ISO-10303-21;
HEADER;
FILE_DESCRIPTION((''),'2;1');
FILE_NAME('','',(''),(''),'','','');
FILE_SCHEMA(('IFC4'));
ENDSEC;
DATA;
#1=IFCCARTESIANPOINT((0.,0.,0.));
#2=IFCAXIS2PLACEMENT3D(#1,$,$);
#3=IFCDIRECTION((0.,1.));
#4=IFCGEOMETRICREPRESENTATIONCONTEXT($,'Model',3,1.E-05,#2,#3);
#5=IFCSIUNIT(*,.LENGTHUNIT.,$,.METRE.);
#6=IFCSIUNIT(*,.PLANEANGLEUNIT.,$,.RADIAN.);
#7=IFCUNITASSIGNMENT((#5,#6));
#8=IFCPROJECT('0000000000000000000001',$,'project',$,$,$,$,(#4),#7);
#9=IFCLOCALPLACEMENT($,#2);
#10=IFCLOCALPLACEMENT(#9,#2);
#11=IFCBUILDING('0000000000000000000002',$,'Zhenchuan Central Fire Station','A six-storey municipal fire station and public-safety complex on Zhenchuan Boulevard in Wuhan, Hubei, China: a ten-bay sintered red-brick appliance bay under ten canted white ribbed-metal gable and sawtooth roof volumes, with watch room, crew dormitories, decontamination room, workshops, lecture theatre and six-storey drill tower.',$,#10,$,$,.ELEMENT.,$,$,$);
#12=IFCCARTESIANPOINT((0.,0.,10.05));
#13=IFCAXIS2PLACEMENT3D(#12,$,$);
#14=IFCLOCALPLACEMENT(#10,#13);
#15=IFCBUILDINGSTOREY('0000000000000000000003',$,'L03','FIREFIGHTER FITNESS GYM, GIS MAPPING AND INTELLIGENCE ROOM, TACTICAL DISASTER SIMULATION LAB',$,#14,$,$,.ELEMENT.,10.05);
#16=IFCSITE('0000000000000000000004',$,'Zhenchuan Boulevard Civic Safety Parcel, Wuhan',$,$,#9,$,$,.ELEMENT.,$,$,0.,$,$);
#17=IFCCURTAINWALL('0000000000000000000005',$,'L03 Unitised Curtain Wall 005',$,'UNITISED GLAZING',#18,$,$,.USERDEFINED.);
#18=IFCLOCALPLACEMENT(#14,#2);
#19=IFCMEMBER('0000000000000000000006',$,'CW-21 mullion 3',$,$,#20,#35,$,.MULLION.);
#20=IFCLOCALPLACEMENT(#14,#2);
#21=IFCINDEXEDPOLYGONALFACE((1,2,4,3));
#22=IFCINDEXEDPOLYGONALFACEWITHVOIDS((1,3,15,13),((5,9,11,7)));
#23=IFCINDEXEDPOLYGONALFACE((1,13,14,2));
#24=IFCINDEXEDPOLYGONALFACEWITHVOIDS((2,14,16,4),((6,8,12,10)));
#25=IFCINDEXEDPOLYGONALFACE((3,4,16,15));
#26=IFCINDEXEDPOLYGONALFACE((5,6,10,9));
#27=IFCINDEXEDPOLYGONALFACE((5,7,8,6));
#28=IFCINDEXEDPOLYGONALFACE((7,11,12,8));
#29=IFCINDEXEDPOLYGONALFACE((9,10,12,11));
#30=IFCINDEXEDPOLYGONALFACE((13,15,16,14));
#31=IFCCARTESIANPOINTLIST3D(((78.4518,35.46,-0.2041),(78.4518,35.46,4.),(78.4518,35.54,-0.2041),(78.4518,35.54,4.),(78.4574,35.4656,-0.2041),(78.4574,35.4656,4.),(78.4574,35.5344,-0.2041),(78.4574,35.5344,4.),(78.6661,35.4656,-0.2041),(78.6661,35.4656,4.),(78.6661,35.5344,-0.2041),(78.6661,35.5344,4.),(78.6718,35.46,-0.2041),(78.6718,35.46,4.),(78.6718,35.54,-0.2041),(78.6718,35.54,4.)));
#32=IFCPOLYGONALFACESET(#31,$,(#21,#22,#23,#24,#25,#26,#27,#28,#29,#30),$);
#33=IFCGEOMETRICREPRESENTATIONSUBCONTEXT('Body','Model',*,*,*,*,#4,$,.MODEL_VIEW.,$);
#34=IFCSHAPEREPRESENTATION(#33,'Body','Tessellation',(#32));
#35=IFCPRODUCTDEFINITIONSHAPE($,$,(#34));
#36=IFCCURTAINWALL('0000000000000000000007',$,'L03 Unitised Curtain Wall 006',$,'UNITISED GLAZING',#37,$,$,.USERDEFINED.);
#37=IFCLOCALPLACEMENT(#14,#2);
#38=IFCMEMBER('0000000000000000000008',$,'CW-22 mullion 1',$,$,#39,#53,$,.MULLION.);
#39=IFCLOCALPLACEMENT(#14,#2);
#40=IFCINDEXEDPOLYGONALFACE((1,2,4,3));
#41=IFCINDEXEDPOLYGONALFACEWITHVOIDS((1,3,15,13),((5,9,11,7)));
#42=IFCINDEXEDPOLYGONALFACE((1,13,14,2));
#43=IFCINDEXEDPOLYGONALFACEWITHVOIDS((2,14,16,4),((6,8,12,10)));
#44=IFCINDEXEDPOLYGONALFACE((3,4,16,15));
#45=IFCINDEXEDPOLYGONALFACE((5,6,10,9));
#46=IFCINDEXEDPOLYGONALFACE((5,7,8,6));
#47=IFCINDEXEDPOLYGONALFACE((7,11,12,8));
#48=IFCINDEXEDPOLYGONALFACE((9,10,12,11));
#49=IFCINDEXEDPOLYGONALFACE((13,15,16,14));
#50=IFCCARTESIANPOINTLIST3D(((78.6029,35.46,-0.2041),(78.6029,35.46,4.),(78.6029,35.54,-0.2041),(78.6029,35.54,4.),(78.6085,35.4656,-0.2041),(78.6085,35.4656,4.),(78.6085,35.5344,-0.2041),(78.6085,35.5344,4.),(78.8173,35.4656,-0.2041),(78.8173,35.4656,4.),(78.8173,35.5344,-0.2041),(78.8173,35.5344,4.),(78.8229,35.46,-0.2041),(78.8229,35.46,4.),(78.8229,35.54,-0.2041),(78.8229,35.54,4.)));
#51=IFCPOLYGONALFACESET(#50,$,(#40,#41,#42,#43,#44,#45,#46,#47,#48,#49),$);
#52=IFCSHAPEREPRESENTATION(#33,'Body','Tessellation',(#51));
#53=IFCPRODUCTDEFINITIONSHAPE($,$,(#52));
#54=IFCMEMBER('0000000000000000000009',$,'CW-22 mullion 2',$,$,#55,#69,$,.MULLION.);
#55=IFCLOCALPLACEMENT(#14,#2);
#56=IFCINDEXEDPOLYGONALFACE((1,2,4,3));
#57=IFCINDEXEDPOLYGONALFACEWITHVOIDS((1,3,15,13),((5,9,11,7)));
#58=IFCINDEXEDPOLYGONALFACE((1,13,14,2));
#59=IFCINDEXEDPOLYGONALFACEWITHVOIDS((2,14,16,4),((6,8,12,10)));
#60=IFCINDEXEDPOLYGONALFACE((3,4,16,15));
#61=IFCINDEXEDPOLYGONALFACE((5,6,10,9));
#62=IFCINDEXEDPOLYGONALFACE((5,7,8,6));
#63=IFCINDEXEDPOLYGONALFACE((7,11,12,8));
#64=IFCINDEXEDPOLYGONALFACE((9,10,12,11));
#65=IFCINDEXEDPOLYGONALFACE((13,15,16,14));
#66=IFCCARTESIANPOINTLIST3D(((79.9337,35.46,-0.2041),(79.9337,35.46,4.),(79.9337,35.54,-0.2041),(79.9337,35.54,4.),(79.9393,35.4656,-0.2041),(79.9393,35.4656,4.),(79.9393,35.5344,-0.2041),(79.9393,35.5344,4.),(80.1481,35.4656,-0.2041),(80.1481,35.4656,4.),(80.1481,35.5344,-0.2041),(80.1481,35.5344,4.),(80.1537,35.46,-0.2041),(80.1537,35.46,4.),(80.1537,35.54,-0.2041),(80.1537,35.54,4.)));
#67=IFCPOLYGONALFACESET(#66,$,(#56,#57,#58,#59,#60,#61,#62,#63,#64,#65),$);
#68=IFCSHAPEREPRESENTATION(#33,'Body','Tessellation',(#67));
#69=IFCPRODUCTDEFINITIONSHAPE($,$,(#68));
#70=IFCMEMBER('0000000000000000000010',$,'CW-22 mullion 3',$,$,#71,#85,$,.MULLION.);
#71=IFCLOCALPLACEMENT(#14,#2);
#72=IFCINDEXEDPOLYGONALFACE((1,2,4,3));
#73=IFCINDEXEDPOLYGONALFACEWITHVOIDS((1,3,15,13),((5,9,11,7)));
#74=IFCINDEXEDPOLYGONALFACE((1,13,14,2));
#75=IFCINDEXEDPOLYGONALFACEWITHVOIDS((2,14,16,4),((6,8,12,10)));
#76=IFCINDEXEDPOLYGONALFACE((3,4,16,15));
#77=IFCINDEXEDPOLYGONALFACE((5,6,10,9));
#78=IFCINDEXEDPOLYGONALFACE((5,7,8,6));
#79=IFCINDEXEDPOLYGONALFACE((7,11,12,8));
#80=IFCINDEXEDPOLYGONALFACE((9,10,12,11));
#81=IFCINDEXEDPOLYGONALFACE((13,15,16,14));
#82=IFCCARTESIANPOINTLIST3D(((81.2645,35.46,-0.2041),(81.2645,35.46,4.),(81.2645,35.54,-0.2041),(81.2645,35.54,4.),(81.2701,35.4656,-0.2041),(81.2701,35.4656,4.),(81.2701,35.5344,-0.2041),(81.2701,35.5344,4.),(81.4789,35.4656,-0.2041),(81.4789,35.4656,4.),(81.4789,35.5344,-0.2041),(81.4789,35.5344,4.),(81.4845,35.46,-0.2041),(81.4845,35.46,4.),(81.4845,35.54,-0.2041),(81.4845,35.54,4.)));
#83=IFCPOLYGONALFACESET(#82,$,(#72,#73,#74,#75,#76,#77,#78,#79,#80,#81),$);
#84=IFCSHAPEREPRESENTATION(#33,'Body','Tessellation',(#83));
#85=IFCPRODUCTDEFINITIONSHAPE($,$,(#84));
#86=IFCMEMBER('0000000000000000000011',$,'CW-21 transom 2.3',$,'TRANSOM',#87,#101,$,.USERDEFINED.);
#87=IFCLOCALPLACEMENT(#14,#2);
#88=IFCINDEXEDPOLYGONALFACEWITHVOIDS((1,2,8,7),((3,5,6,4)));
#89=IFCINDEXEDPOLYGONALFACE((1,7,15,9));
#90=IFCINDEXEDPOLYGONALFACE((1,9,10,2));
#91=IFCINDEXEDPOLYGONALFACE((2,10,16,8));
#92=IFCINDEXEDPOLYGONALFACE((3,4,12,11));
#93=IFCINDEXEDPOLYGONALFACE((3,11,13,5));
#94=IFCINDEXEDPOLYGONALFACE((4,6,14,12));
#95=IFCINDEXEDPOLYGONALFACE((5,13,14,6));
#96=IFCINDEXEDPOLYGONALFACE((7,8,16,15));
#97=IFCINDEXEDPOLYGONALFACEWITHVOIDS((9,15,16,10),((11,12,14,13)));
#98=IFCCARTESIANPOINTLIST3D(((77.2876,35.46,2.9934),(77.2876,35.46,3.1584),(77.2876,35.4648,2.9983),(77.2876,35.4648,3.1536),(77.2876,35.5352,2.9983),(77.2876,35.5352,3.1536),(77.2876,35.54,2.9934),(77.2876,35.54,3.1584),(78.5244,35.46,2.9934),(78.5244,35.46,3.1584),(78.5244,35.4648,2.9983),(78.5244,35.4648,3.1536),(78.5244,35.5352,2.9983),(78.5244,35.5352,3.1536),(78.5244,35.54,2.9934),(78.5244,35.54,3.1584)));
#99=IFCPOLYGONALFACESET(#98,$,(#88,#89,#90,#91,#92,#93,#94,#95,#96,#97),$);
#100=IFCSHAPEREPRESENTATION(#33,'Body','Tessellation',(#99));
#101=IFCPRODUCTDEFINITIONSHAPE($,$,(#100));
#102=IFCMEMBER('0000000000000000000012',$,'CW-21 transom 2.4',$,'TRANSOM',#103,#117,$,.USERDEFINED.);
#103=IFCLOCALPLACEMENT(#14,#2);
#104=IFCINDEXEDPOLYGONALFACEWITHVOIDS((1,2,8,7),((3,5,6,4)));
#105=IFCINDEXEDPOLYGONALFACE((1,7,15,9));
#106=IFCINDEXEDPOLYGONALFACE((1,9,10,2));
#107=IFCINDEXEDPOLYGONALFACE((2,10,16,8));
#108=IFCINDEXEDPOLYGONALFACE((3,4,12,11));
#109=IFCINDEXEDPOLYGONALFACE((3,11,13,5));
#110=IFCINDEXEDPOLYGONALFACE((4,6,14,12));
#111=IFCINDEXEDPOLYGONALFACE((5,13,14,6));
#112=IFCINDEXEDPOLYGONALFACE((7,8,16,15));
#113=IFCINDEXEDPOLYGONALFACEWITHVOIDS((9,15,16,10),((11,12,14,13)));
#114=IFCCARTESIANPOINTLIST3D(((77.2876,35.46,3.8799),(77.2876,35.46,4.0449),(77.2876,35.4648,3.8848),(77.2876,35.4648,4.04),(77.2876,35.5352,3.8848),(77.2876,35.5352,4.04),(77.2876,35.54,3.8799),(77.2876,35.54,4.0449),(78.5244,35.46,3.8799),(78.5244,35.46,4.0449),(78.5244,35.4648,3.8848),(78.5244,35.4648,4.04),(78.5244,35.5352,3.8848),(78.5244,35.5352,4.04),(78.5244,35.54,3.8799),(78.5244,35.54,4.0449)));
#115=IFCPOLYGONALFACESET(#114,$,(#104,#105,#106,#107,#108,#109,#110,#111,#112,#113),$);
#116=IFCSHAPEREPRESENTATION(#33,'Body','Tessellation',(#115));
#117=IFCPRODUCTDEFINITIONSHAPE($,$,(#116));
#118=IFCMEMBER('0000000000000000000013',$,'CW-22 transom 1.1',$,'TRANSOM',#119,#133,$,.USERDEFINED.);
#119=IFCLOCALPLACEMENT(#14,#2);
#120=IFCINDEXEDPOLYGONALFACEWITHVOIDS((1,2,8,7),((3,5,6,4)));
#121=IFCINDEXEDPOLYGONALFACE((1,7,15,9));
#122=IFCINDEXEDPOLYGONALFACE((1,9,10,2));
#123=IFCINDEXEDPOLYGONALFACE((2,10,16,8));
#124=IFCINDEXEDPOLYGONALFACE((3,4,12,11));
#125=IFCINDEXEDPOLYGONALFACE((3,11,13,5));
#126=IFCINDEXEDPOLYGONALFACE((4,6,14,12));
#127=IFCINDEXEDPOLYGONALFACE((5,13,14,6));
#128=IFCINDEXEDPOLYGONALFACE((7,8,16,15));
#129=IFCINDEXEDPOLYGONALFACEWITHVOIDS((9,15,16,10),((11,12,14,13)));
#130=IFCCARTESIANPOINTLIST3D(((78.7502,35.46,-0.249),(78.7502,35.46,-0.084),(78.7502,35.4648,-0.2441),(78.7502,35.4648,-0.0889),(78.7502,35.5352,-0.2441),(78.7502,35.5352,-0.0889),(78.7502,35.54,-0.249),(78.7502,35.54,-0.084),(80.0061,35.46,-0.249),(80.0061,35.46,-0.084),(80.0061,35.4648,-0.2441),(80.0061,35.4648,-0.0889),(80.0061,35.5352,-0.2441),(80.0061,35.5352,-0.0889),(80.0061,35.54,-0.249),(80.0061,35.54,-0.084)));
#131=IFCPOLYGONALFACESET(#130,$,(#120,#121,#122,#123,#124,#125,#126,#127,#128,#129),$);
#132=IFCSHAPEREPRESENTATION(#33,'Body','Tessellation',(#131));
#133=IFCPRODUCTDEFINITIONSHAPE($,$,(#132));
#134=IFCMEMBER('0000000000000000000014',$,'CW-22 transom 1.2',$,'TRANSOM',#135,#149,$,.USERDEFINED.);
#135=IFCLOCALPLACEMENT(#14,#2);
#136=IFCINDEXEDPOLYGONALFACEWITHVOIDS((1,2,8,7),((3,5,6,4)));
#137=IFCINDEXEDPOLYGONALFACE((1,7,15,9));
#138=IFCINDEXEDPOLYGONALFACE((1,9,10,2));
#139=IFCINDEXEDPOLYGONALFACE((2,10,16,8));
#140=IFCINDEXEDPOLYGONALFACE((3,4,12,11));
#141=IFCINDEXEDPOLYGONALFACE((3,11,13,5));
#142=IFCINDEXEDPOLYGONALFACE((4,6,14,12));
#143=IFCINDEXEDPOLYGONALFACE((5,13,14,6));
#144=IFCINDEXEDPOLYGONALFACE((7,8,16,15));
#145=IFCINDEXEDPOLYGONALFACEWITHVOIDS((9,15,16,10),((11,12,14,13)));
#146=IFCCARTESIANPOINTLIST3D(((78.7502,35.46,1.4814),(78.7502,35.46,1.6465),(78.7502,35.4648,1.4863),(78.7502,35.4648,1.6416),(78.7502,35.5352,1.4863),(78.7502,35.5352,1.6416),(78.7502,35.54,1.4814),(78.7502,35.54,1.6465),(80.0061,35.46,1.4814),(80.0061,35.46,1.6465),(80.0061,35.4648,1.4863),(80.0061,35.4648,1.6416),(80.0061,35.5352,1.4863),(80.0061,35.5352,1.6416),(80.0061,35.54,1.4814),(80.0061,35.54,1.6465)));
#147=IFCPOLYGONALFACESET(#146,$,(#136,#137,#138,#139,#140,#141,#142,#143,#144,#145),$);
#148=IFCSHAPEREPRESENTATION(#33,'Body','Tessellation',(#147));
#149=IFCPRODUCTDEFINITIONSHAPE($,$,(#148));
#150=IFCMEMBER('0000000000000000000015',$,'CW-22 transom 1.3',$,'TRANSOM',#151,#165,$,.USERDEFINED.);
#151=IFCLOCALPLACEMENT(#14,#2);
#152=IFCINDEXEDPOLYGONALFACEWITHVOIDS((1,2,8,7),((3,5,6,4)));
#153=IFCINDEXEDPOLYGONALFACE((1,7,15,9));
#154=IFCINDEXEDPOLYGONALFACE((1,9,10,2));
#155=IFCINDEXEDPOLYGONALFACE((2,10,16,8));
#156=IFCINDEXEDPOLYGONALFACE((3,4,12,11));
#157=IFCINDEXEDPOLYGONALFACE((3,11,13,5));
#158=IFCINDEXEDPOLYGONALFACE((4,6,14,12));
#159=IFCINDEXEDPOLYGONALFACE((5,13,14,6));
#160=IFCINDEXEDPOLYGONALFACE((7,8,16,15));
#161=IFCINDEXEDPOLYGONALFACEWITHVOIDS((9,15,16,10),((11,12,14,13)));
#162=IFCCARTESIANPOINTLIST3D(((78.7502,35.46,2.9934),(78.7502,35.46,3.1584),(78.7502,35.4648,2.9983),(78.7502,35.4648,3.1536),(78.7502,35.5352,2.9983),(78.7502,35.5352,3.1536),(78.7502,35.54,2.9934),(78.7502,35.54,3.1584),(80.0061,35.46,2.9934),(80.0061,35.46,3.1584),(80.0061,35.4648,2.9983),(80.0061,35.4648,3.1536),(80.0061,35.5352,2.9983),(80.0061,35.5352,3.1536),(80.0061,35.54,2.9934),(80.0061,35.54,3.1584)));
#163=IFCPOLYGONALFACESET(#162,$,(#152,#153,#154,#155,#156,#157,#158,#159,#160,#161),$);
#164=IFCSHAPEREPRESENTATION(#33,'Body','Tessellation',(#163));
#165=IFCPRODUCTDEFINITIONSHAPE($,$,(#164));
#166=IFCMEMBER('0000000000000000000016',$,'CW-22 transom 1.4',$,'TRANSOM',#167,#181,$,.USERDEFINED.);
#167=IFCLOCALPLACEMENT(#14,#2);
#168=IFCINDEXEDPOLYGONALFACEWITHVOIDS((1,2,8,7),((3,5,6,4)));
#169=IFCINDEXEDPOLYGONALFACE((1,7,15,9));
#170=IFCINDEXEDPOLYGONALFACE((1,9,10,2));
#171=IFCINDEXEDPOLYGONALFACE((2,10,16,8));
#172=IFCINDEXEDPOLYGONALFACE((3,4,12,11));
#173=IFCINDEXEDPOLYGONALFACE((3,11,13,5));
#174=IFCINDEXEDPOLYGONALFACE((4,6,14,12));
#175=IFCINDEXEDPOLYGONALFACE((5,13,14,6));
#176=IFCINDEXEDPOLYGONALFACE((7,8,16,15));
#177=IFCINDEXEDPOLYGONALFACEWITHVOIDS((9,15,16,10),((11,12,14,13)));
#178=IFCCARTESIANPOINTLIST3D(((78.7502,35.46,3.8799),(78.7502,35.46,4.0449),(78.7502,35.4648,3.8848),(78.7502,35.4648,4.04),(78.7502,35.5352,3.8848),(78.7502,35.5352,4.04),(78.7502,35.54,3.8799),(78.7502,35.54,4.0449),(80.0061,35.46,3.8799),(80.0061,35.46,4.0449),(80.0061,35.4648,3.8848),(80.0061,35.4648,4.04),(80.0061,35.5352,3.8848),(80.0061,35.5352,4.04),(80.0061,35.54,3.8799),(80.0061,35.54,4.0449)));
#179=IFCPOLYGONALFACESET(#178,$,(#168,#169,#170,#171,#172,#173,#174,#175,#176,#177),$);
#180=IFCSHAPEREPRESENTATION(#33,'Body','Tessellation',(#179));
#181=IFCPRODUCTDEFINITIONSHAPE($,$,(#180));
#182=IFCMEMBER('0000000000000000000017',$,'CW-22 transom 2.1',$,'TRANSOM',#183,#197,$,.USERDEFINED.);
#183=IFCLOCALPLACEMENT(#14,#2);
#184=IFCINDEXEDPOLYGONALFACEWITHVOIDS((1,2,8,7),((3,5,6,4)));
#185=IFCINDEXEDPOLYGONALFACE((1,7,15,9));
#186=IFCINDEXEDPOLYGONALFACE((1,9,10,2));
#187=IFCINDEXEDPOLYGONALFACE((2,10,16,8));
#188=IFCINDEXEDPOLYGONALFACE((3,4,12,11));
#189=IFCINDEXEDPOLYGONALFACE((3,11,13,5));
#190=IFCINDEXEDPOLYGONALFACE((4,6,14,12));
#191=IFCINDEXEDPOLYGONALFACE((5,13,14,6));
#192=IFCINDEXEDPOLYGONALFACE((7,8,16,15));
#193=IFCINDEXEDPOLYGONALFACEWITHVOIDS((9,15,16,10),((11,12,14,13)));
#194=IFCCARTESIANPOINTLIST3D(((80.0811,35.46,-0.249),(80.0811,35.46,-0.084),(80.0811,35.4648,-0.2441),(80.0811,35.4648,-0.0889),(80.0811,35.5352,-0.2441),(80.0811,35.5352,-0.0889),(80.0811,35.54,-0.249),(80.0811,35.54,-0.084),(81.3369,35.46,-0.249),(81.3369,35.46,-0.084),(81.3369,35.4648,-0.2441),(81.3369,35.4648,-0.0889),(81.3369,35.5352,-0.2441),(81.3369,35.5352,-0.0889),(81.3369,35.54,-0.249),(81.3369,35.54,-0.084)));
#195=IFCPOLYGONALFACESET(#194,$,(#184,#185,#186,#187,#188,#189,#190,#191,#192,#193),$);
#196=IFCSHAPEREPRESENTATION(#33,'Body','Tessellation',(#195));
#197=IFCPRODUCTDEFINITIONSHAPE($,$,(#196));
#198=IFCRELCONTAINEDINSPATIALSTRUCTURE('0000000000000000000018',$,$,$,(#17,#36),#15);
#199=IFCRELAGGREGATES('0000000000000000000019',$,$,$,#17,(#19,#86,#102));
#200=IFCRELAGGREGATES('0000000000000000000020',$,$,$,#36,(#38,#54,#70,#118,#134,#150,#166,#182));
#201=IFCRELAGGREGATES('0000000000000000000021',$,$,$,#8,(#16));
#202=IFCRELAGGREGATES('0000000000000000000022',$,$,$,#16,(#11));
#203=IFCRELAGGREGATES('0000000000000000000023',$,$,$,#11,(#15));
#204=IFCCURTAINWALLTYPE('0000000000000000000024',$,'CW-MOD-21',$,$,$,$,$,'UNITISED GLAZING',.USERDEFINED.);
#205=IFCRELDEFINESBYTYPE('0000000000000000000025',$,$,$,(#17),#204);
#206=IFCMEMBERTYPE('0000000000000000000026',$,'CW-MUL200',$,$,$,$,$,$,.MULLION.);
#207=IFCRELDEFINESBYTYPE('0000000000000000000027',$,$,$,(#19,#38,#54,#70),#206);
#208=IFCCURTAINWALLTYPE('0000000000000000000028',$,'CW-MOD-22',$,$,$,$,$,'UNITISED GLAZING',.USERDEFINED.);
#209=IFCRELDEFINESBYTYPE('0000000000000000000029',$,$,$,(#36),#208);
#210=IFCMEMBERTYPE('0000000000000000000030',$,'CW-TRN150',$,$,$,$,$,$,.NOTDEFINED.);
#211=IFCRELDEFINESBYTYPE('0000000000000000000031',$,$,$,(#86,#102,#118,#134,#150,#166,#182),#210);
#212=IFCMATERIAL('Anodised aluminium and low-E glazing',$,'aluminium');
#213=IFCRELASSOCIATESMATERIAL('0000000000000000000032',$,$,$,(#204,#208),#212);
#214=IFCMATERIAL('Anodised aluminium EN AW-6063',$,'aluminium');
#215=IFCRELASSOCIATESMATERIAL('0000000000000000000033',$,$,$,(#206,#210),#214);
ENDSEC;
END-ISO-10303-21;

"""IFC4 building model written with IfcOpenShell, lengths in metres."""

from ifc_helpers import new_model, si_unit, direction, frame, origin, origin_2d, place, context, subcontext, project, spatial, hollow_rectangle, extrude, material, material_profile, profile_set, type_object, element, aggregate, save


model = new_model("IFC4")

# Units and contexts
model_context = context("Model", 3, precision=1e-05, world=origin(), true_north=direction((0.0, 1.0)))
body_context = subcontext(model_context, "Body", "Model", "MODEL_VIEW")
ifc_project = project(units=[si_unit("LENGTHUNIT", "METRE"), si_unit("PLANEANGLEUNIT", "RADIAN")], contexts=[model_context])

# Site, building, storey
site_placement = place(None, origin())
site = spatial("IfcSite", under=ifc_project, at=site_placement, Name="Zhenchuan Boulevard Civic Safety Parcel, Wuhan", CompositionType="ELEMENT", RefElevation=0.0)
building_placement = place(site_placement, origin())
building = spatial("IfcBuilding", under=site, at=building_placement, Name="Zhenchuan Central Fire Station", Description="A six-storey municipal fire station and public-safety complex on Zhenchuan Boulevard in Wuhan, Hubei, China: a ten-bay sintered red-brick appliance bay under ten canted white ribbed-metal gable and sawtooth roof volumes, with watch room, crew dormitories, decontamination room, workshops, lecture theatre and six-storey drill tower.", CompositionType="ELEMENT")
storey_placement = place(building_placement, frame((0.0, 0.0, 10.05)))
storey = spatial("IfcBuildingStorey", under=building, at=storey_placement, Name="L03", Description="FIREFIGHTER FITNESS GYM, GIS MAPPING AND INTELLIGENCE ROOM, TACTICAL DISASTER SIMULATION LAB", CompositionType="ELEMENT", Elevation=10.05)

# Curtain wall, member
ifc_material_1 = material(Name="Anodised aluminium and low-E glazing", Category="aluminium")
curtain_wall_type_1 = type_object("IfcCurtainWallType", Name="CW-MOD-21", ElementType="UNITISED GLAZING", PredefinedType="USERDEFINED", material=ifc_material_1)
curtain_wall_1_placement = place(storey_placement, origin())
curtain_wall_1 = element("IfcCurtainWall", 1, at=curtain_wall_1_placement, inside=storey, type_object=curtain_wall_type_1, Name="L03 Unitised Curtain Wall 005", ObjectType="UNITISED GLAZING", PredefinedType="USERDEFINED")
ifc_material_2 = material(Name="Anodised aluminium EN AW-6063", Category="aluminium")
ifc_material_profile_1 = material_profile(ifc_material_2, hollow_rectangle(XDim=0.0801, YDim=0.22, WallThickness=0.0056, at=origin_2d()), Name="ALU-M 220x80")
ifc_profile_set_1 = profile_set([ifc_material_profile_1], Name="Anodised aluminium EN AW-6063")
member_type_1 = type_object("IfcMemberType", Name="CW-MUL200", PredefinedType="MULLION", material=ifc_profile_set_1)
member_1_placement = place(storey_placement, frame((78.5618, 35.5, -0.2041), z_axis=(0.0, 0.0, 1.0), x_axis=(0.0, 1.0, 0.0)))
member_1 = element("IfcMember", 2, at=member_1_placement, type_object=member_type_1, Name="CW-21 mullion 3", PredefinedType="MULLION", context=body_context, shape_type="SweptSolid", body=[
    extrude(hollow_rectangle(XDim=0.0801, YDim=0.22, WallThickness=0.0056, at=origin_2d()), origin(), (0.0, 0.0, 1.0), 4.2041),
])

# Curtain wall, members
curtain_wall_type_2 = type_object("IfcCurtainWallType", Name="CW-MOD-22", ElementType="UNITISED GLAZING", PredefinedType="USERDEFINED", material=ifc_material_1)
curtain_wall_2_placement = place(storey_placement, origin())
curtain_wall_2 = element("IfcCurtainWall", 3, at=curtain_wall_2_placement, inside=storey, type_object=curtain_wall_type_2, Name="L03 Unitised Curtain Wall 006", ObjectType="UNITISED GLAZING", PredefinedType="USERDEFINED")
member_2_placement = place(storey_placement, frame((78.7129, 35.5, -0.2041), z_axis=(0.0, 0.0, 1.0), x_axis=(0.0, 1.0, 0.0)))
member_2 = element("IfcMember", 4, at=member_2_placement, type_object=member_type_1, Name="CW-22 mullion 1", PredefinedType="MULLION", context=body_context, shape_type="SweptSolid", body=[
    extrude(hollow_rectangle(XDim=0.0801, YDim=0.22, WallThickness=0.0056, at=origin_2d()), origin(), (0.0, 0.0, 1.0), 4.2041),
])
member_3_placement = place(storey_placement, frame((80.0437, 35.5, -0.2041), z_axis=(0.0, 0.0, 1.0), x_axis=(0.0, 1.0, 0.0)))
member_3 = element("IfcMember", 5, at=member_3_placement, type_object=member_type_1, Name="CW-22 mullion 2", PredefinedType="MULLION", context=body_context, shape_type="SweptSolid", body=[
    extrude(hollow_rectangle(XDim=0.0801, YDim=0.22, WallThickness=0.0056, at=origin_2d()), origin(), (0.0, 0.0, 1.0), 4.2041),
])
member_4_placement = place(storey_placement, frame((81.3745, 35.5, -0.2041), z_axis=(0.0, 0.0, 1.0), x_axis=(0.0, 1.0, 0.0)))
member_4 = element("IfcMember", 6, at=member_4_placement, type_object=member_type_1, Name="CW-22 mullion 3", PredefinedType="MULLION", context=body_context, shape_type="SweptSolid", body=[
    extrude(hollow_rectangle(XDim=0.0801, YDim=0.22, WallThickness=0.0056, at=origin_2d()), origin(), (0.0, 0.0, 1.0), 4.2041),
])

# Members
ifc_material_profile_2 = material_profile(ifc_material_2, hollow_rectangle(XDim=0.0801, YDim=0.165, WallThickness=0.0049, at=origin_2d()), Name="ALU-T 165x80")
ifc_profile_set_2 = profile_set([ifc_material_profile_2], Name="Anodised aluminium EN AW-6063")
member_type_2 = type_object("IfcMemberType", Name="CW-TRN150", PredefinedType="NOTDEFINED", material=ifc_profile_set_2)
member_5_placement = place(storey_placement, frame((77.2876, 35.5, 3.0759), z_axis=(1.0, 0.0, 0.0), x_axis=(0.0, 1.0, 0.0)))
member_5 = element("IfcMember", 7, at=member_5_placement, type_object=member_type_2, Name="CW-21 transom 2.3", ObjectType="TRANSOM", PredefinedType="USERDEFINED", context=body_context, shape_type="SweptSolid", body=[
    extrude(hollow_rectangle(XDim=0.0801, YDim=0.165, WallThickness=0.0049, at=origin_2d()), origin(), (0.0, 0.0, 1.0), 1.2368),
])
member_6_placement = place(storey_placement, frame((77.2876, 35.5, 3.9624), z_axis=(1.0, 0.0, 0.0), x_axis=(0.0, 1.0, 0.0)))
member_6 = element("IfcMember", 8, at=member_6_placement, type_object=member_type_2, Name="CW-21 transom 2.4", ObjectType="TRANSOM", PredefinedType="USERDEFINED", context=body_context, shape_type="SweptSolid", body=[
    extrude(hollow_rectangle(XDim=0.0801, YDim=0.165, WallThickness=0.0049, at=origin_2d()), origin(), (0.0, 0.0, 1.0), 1.2368),
])
member_7_placement = place(storey_placement, frame((78.7502, 35.5, -0.1665), z_axis=(1.0, 0.0, 0.0), x_axis=(0.0, 1.0, 0.0)))
member_7 = element("IfcMember", 9, at=member_7_placement, type_object=member_type_2, Name="CW-22 transom 1.1", ObjectType="TRANSOM", PredefinedType="USERDEFINED", context=body_context, shape_type="SweptSolid", body=[
    extrude(hollow_rectangle(XDim=0.0801, YDim=0.165, WallThickness=0.0049, at=origin_2d()), origin(), (0.0, 0.0, 1.0), 1.2559),
])
member_8_placement = place(storey_placement, frame((78.7502, 35.5, 1.564), z_axis=(1.0, 0.0, 0.0), x_axis=(0.0, 1.0, 0.0)))
member_8 = element("IfcMember", 10, at=member_8_placement, type_object=member_type_2, Name="CW-22 transom 1.2", ObjectType="TRANSOM", PredefinedType="USERDEFINED", context=body_context, shape_type="SweptSolid", body=[
    extrude(hollow_rectangle(XDim=0.0801, YDim=0.165, WallThickness=0.0049, at=origin_2d()), origin(), (0.0, 0.0, 1.0), 1.2559),
])
member_9_placement = place(storey_placement, frame((78.7502, 35.5, 3.0759), z_axis=(1.0, 0.0, 0.0), x_axis=(0.0, 1.0, 0.0)))
member_9 = element("IfcMember", 11, at=member_9_placement, type_object=member_type_2, Name="CW-22 transom 1.3", ObjectType="TRANSOM", PredefinedType="USERDEFINED", context=body_context, shape_type="SweptSolid", body=[
    extrude(hollow_rectangle(XDim=0.0801, YDim=0.165, WallThickness=0.0049, at=origin_2d()), origin(), (0.0, 0.0, 1.0), 1.2559),
])
member_10_placement = place(storey_placement, frame((78.7502, 35.5, 3.9624), z_axis=(1.0, 0.0, 0.0), x_axis=(0.0, 1.0, 0.0)))
member_10 = element("IfcMember", 12, at=member_10_placement, type_object=member_type_2, Name="CW-22 transom 1.4", ObjectType="TRANSOM", PredefinedType="USERDEFINED", context=body_context, shape_type="SweptSolid", body=[
    extrude(hollow_rectangle(XDim=0.0801, YDim=0.165, WallThickness=0.0049, at=origin_2d()), origin(), (0.0, 0.0, 1.0), 1.2559),
])
member_11_placement = place(storey_placement, frame((80.0811, 35.5, -0.1665), z_axis=(1.0, 0.0, 0.0), x_axis=(0.0, 1.0, 0.0)))
member_11 = element("IfcMember", 13, at=member_11_placement, type_object=member_type_2, Name="CW-22 transom 2.1", ObjectType="TRANSOM", PredefinedType="USERDEFINED", context=body_context, shape_type="SweptSolid", body=[
    extrude(hollow_rectangle(XDim=0.0801, YDim=0.165, WallThickness=0.0049, at=origin_2d()), origin(), (0.0, 0.0, 1.0), 1.2559),
])

aggregate(curtain_wall_1, [member_1, member_5, member_6])
aggregate(curtain_wall_2, [member_2, member_3, member_4, member_7, member_8, member_9, member_10, member_11])

save(model, "model.ifc")
